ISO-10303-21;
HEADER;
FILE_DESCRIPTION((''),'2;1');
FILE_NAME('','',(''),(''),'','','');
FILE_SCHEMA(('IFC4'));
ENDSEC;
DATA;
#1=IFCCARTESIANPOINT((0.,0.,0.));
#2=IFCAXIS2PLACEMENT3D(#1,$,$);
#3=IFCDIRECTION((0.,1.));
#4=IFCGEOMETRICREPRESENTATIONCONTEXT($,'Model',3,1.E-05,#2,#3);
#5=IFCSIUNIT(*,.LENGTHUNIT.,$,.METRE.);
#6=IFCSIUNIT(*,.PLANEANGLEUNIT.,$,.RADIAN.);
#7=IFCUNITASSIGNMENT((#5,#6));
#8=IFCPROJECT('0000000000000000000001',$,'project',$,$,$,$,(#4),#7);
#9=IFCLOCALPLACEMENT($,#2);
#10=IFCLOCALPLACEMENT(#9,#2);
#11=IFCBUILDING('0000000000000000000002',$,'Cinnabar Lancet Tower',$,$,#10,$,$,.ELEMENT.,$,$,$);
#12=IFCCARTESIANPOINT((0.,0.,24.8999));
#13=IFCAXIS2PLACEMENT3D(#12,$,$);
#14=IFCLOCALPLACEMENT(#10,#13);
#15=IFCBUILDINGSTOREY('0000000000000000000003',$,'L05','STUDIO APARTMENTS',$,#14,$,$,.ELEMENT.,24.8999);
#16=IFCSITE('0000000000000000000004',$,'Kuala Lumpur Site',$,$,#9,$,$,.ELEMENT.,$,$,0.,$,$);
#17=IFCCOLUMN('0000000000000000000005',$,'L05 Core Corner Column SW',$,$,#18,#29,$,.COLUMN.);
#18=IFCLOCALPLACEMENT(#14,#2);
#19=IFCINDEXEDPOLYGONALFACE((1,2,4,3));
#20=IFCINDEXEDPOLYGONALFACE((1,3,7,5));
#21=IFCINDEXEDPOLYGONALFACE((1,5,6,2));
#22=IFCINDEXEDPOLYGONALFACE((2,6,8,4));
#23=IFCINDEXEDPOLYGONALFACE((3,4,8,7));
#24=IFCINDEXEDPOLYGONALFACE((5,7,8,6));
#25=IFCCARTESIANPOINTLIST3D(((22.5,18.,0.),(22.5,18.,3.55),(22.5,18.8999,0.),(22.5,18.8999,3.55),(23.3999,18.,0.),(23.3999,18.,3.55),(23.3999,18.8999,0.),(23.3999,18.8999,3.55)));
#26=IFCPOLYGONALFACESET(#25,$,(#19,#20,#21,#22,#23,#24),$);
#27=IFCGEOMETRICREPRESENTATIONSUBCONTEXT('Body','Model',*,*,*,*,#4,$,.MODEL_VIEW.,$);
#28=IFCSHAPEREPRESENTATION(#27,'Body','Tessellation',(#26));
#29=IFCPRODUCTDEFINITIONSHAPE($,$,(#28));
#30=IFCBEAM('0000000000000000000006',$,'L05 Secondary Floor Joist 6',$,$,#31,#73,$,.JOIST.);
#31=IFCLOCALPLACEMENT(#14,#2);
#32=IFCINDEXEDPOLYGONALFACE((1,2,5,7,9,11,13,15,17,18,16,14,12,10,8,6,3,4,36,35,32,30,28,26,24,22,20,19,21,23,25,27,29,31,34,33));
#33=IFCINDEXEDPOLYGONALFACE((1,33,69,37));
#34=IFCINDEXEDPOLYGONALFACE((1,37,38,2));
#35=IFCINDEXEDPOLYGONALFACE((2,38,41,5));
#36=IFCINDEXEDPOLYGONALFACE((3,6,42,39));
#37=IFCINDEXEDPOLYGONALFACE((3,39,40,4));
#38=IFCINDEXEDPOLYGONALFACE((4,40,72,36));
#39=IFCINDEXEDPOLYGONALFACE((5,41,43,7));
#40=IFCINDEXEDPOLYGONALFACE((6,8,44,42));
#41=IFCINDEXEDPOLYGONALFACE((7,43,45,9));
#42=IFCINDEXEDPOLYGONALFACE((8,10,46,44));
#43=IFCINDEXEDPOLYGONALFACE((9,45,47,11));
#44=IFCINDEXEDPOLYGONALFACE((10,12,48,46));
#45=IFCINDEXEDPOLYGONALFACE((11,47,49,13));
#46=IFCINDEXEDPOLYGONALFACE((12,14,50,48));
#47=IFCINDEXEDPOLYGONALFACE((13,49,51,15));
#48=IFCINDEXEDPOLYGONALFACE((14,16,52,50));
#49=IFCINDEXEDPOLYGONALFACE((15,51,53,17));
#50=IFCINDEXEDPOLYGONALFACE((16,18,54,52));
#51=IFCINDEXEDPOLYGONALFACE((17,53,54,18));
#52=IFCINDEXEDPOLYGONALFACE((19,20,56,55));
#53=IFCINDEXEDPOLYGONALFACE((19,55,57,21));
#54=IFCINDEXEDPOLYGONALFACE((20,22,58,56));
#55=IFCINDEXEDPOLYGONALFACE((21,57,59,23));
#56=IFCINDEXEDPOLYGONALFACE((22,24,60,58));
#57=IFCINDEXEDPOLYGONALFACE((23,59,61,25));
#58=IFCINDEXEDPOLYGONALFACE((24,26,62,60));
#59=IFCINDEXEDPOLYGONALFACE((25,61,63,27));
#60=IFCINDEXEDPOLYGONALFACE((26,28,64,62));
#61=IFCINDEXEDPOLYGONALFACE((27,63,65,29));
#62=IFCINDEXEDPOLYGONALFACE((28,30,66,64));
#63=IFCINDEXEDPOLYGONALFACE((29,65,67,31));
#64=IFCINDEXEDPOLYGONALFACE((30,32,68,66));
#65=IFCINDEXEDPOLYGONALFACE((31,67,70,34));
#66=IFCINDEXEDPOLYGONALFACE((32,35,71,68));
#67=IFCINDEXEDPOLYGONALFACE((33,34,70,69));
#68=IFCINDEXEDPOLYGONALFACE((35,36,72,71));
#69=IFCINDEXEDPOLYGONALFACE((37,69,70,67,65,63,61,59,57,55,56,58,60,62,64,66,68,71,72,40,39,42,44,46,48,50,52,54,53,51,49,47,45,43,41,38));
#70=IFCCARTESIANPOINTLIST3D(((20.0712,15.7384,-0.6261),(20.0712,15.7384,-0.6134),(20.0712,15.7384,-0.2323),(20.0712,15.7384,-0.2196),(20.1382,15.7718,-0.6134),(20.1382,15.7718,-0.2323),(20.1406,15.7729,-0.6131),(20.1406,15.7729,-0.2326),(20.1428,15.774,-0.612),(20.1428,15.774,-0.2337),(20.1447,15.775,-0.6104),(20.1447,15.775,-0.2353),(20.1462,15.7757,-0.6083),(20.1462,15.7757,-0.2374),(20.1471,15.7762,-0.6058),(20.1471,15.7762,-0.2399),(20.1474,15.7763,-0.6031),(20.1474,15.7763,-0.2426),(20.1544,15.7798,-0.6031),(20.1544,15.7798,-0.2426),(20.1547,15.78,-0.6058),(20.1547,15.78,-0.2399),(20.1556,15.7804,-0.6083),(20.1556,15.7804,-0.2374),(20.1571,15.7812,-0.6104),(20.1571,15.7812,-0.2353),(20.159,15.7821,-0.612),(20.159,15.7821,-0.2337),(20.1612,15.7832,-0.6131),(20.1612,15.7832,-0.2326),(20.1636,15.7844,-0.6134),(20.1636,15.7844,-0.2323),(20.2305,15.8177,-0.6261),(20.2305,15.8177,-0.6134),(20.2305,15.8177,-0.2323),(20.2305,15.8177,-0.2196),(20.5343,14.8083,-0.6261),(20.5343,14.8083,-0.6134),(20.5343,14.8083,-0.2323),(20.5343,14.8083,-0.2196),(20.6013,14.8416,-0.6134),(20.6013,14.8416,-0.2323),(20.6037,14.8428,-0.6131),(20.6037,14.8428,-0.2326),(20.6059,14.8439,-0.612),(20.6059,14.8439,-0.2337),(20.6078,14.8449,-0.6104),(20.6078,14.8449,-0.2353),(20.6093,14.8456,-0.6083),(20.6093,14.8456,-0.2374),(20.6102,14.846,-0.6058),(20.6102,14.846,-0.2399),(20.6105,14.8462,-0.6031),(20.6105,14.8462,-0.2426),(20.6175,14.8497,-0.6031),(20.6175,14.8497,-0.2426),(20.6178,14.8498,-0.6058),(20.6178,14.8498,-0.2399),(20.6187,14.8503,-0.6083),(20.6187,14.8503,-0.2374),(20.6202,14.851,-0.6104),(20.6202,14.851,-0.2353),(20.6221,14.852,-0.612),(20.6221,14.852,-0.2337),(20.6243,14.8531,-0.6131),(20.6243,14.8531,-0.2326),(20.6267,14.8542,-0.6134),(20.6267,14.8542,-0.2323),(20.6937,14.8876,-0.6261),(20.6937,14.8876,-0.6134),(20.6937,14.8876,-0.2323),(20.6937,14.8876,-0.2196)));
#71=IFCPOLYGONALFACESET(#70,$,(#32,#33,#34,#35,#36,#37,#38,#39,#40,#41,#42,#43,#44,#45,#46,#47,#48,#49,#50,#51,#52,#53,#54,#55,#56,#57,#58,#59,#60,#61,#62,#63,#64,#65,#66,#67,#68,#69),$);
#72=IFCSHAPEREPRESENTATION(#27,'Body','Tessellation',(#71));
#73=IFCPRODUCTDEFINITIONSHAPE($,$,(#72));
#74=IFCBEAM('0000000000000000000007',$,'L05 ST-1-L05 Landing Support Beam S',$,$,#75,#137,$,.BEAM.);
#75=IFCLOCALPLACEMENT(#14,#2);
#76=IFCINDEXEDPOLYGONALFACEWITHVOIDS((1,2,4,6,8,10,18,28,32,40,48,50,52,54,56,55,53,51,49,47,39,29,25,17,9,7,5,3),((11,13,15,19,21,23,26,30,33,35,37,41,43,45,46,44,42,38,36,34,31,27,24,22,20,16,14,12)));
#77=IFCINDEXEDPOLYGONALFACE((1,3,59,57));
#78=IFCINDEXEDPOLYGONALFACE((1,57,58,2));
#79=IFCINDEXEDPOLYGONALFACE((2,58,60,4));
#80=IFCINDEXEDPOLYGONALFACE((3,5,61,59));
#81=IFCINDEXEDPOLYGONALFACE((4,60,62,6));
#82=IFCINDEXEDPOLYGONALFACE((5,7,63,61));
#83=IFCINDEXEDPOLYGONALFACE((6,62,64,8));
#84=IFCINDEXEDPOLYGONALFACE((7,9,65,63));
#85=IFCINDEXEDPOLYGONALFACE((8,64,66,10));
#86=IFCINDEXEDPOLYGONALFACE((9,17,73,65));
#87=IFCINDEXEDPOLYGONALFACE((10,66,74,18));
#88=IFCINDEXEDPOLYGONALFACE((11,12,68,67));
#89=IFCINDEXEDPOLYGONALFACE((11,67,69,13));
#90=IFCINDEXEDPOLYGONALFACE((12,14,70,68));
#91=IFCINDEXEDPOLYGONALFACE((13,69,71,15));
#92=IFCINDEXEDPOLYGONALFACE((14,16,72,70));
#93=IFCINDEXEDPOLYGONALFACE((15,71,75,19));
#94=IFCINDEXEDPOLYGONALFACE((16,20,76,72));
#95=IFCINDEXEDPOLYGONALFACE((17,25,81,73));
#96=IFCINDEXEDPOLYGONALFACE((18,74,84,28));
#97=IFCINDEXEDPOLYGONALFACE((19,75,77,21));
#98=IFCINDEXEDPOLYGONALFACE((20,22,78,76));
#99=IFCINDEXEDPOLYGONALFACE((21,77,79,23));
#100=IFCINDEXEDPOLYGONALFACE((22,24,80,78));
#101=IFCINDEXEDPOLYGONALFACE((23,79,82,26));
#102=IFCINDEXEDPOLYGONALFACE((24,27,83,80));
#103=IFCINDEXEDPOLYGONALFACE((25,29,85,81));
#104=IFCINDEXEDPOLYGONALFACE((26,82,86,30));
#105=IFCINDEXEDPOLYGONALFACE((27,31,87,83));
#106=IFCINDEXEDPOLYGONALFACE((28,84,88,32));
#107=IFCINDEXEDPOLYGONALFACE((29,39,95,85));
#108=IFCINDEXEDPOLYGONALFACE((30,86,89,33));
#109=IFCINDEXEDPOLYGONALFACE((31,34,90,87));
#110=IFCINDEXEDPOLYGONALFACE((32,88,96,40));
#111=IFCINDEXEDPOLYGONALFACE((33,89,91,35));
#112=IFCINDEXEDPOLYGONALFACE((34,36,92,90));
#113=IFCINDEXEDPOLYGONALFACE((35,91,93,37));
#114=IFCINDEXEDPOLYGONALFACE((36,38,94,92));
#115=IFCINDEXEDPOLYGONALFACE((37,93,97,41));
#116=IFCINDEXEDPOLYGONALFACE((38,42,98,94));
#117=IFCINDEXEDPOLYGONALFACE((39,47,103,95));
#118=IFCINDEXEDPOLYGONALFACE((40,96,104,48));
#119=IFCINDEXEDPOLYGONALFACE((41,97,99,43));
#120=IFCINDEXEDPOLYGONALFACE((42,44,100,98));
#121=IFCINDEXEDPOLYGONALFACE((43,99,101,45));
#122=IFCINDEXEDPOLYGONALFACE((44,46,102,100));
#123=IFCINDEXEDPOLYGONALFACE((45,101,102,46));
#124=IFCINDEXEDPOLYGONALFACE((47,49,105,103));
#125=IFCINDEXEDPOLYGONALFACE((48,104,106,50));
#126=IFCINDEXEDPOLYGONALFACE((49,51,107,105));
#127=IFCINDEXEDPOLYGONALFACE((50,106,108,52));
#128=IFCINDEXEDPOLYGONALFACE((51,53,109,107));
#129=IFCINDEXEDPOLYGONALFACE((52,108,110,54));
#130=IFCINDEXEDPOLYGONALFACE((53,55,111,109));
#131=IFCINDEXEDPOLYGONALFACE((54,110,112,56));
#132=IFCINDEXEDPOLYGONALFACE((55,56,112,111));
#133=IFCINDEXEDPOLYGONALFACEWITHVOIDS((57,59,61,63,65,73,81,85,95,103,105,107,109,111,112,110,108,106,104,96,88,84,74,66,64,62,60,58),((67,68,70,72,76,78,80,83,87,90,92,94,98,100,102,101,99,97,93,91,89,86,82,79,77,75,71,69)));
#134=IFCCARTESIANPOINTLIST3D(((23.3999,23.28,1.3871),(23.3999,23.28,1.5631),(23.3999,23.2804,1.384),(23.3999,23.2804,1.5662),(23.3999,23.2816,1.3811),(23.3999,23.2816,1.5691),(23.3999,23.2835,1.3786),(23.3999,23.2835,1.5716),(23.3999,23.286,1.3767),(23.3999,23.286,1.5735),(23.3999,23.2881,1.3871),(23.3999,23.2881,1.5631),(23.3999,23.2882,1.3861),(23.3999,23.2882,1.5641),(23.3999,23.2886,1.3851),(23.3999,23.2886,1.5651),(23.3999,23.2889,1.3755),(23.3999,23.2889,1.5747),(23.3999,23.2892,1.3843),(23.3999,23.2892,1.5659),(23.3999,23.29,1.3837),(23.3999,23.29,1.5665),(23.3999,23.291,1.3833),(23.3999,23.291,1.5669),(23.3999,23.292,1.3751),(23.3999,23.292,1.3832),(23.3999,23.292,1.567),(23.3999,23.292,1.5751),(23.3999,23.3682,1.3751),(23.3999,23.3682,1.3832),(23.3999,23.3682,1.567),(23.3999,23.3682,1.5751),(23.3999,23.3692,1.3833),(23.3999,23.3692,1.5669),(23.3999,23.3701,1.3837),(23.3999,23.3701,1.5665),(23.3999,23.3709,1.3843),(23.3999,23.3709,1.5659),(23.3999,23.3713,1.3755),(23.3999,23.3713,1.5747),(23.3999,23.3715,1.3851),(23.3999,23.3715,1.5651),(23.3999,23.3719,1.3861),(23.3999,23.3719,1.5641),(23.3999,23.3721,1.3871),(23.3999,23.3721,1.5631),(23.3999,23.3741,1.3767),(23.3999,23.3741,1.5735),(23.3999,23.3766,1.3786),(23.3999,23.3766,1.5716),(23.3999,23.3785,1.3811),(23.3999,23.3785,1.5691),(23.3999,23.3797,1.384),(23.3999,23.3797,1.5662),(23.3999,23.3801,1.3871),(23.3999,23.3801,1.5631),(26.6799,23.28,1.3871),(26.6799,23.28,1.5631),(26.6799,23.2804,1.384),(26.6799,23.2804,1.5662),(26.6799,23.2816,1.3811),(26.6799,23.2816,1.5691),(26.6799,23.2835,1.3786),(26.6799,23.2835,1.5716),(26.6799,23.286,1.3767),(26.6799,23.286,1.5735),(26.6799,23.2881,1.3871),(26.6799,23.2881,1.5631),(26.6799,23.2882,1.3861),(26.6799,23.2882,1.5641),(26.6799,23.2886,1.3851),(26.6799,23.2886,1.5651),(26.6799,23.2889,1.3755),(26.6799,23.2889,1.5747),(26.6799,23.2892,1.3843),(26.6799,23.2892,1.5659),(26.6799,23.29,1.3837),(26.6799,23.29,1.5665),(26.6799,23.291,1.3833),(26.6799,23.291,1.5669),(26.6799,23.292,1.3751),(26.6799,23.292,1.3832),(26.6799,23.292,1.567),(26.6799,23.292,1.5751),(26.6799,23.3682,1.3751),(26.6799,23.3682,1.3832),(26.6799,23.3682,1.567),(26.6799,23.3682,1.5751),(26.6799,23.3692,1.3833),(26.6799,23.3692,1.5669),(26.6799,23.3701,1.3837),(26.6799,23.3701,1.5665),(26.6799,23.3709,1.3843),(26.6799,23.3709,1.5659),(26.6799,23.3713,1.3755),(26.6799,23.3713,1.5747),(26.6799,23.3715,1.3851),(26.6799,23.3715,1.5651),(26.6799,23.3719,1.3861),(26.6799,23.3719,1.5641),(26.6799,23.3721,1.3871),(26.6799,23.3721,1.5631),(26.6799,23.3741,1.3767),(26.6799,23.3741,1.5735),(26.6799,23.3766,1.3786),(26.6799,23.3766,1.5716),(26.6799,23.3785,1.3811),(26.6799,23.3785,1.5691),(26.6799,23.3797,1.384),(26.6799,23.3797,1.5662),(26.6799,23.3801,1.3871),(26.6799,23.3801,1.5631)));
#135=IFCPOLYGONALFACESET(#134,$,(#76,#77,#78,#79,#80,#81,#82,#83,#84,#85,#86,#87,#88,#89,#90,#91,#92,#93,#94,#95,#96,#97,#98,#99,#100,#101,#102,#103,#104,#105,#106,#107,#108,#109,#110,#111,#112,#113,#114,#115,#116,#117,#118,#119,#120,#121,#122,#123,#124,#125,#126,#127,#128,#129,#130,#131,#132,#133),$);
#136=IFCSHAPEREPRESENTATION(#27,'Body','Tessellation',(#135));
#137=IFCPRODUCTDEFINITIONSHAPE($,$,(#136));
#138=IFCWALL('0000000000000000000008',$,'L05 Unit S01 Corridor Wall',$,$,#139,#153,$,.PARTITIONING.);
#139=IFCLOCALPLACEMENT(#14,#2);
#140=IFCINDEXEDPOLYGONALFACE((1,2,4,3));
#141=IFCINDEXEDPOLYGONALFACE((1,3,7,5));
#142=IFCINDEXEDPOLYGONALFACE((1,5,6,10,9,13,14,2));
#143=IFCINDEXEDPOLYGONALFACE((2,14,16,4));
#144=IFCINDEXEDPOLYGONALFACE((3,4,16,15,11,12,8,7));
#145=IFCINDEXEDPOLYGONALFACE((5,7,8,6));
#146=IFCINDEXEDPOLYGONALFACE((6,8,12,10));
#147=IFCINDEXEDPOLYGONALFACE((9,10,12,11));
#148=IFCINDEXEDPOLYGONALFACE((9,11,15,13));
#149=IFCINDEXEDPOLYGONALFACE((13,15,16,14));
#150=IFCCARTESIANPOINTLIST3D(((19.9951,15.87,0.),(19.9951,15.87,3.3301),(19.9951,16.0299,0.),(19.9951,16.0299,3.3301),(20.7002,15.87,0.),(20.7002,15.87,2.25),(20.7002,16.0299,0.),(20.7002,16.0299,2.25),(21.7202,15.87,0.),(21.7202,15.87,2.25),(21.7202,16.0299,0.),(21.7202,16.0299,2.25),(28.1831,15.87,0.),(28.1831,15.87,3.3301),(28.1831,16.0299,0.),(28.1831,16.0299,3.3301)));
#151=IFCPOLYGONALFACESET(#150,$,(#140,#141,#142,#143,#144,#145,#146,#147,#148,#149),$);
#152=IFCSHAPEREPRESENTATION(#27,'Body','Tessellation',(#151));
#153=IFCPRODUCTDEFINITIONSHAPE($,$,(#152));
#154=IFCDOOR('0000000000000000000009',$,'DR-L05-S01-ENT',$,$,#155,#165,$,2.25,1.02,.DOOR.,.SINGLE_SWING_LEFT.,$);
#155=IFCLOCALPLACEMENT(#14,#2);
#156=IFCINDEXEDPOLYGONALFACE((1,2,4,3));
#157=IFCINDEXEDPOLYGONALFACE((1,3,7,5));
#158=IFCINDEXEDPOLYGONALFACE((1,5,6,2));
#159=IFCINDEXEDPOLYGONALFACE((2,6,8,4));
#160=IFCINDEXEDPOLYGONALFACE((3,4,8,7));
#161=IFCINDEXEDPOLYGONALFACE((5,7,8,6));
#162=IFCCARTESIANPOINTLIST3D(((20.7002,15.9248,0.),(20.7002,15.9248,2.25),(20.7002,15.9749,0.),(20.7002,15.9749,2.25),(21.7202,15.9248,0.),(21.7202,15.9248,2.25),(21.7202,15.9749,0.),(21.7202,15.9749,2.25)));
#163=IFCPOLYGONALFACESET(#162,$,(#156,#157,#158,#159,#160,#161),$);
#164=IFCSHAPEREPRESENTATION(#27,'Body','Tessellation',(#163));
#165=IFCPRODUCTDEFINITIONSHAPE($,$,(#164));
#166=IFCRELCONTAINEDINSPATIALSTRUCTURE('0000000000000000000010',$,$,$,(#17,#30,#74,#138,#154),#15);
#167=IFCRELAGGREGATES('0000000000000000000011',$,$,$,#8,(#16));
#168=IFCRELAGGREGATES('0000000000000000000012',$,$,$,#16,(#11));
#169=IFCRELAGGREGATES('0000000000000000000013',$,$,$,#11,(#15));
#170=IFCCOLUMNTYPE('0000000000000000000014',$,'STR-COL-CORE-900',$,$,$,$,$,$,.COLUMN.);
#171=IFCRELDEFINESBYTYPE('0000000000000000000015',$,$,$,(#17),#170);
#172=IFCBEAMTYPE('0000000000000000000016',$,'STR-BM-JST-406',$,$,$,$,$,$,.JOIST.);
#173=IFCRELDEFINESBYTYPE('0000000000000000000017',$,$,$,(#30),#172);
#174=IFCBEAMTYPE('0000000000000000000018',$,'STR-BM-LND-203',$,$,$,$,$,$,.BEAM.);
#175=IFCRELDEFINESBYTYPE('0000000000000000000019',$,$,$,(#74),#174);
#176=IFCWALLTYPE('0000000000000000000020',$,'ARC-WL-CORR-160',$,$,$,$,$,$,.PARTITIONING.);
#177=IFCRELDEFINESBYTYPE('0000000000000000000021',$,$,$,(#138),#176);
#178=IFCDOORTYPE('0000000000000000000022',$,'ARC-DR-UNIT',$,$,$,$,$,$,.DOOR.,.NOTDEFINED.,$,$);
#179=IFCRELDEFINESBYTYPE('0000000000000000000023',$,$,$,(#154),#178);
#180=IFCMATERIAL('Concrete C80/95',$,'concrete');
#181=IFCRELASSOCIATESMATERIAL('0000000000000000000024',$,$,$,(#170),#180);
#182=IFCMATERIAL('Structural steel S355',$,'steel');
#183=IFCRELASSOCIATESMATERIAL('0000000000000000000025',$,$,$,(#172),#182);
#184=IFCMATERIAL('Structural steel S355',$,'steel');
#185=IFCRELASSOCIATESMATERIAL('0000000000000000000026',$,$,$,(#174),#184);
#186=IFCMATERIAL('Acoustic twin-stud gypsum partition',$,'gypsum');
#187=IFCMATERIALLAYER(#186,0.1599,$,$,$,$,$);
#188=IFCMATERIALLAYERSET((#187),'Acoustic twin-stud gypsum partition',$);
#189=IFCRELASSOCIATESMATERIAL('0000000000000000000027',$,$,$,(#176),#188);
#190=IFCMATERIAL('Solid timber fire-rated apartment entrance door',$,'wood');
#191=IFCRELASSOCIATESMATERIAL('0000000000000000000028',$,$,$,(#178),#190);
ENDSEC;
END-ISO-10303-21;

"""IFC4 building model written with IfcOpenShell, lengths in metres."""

from ifc_helpers import new_model, si_unit, direction, frame, frame_2d, origin, origin_2d, place, context, subcontext, project, spatial, rectangle, hollow_rectangle, i_section, extrude, material, layer, layer_set, material_profile, profile_set, type_object, element, fill, save


model = new_model("IFC4")

# Units and contexts
model_context = context("Model", 3, precision=1e-05, world=origin(), true_north=direction((0.0, 1.0)))
body_context = subcontext(model_context, "Body", "Model", "MODEL_VIEW")
ifc_project = project(units=[si_unit("LENGTHUNIT", "METRE"), si_unit("PLANEANGLEUNIT", "RADIAN")], contexts=[model_context])

# Site, building, storey
site_placement = place(None, origin())
site = spatial("IfcSite", under=ifc_project, at=site_placement, Name="Kuala Lumpur Site", CompositionType="ELEMENT", RefElevation=0.0)
building_placement = place(site_placement, origin())
building = spatial("IfcBuilding", under=site, at=building_placement, Name="Cinnabar Lancet Tower", CompositionType="ELEMENT")
storey_placement = place(building_placement, frame((0.0, 0.0, 24.8999)))
storey = spatial("IfcBuildingStorey", under=building, at=storey_placement, Name="L05", Description="STUDIO APARTMENTS", CompositionType="ELEMENT", Elevation=24.8999)

# Column
ifc_material_1 = material(Name="Concrete C80/95", Category="concrete")
ifc_material_profile_1 = material_profile(ifc_material_1, rectangle(XDim=0.8999, YDim=0.8999, at=origin_2d()), Name="RC-COL 900x900")
ifc_profile_set_1 = profile_set([ifc_material_profile_1], Name="Concrete C80/95")
column_type = type_object("IfcColumnType", Name="STR-COL-CORE-900", PredefinedType="COLUMN", material=ifc_profile_set_1)
column_placement = place(storey_placement, frame((22.95, 18.45, 0.0), z_axis=(0.0, 0.0, 1.0), x_axis=(1.0, 0.0, 0.0)))
element("IfcColumn", 1, at=column_placement, inside=storey, type_object=column_type, Name="L05 Core Corner Column SW", PredefinedType="COLUMN", context=body_context, shape_type="SweptSolid", body=[
    extrude(rectangle(XDim=0.8999, YDim=0.8999, at=origin_2d()), origin(), (0.0, 0.0, 1.0), 3.55),
])

# Beams
ifc_material_2 = material(Name="Structural steel S355", Category="steel")
ifc_material_profile_2 = material_profile(ifc_material_2, i_section(OverallWidth=0.178, OverallDepth=0.4065, WebThickness=0.0078, FlangeThickness=0.0127, FilletRadius=0.0103, at=origin_2d()), Name="UKB 406x178x60")
ifc_profile_set_2 = profile_set([ifc_material_profile_2], Name="Structural steel S355")
beam_type_1 = type_object("IfcBeamType", Name="STR-BM-JST-406", PredefinedType="JOIST", material=ifc_profile_set_2)
beam_1_placement = place(storey_placement, frame((20.1509, 15.7781, -0.4229), z_axis=(0.445709, -0.895178, 0.0), x_axis=(0.895178, 0.445709, 0.0)))
element("IfcBeam", 2, at=beam_1_placement, inside=storey, type_object=beam_type_1, Name="L05 Secondary Floor Joist 6", PredefinedType="JOIST", context=body_context, shape_type="SweptSolid", body=[
    extrude(i_section(OverallWidth=0.178, OverallDepth=0.4065, WebThickness=0.0078, FlangeThickness=0.0127, FilletRadius=0.0103, at=origin_2d()), origin(), (0.0, 0.0, 1.0), 1.0391),
])
ifc_material_3 = material(Name="Structural steel S355", Category="steel")
ifc_material_profile_3 = material_profile(ifc_material_3, hollow_rectangle(XDim=0.1001, YDim=0.2, WallThickness=0.0081, InnerFilletRadius=0.0039, OuterFilletRadius=0.012, at=origin_2d()), Name="RHS 200x100x8")
ifc_profile_set_3 = profile_set([ifc_material_profile_3], Name="Structural steel S355")
beam_type_2 = type_object("IfcBeamType", Name="STR-BM-LND-203", PredefinedType="BEAM", material=ifc_profile_set_3)
beam_2_placement = place(storey_placement, frame((23.3999, 23.3301, 1.4751), z_axis=(1.0, 0.0, 0.0), x_axis=(0.0, 1.0, 0.0)))
element("IfcBeam", 3, at=beam_2_placement, inside=storey, type_object=beam_type_2, Name="L05 ST-1-L05 Landing Support Beam S", PredefinedType="BEAM", context=body_context, shape_type="SweptSolid", body=[
    extrude(hollow_rectangle(XDim=0.1001, YDim=0.2, WallThickness=0.0081, InnerFilletRadius=0.0039, OuterFilletRadius=0.012, at=origin_2d()), origin(), (0.0, 0.0, 1.0), 3.28),
])

# Wall, opening, door
ifc_material_4 = material(Name="Acoustic twin-stud gypsum partition", Category="gypsum")
ifc_layer_1 = layer(ifc_material_4, 0.1599)
ifc_layer_set_1 = layer_set([ifc_layer_1], Name="Acoustic twin-stud gypsum partition")
wall_type_1 = type_object("IfcWallType", Name="ARC-WL-CORR-160", PredefinedType="PARTITIONING", material=ifc_layer_set_1)
wall_1_placement = place(storey_placement, frame((19.9951, 15.95, 0.0), z_axis=(0.0, 0.0, 1.0), x_axis=(1.0, 0.0, 0.0)))
wall_1 = element("IfcWall", 4, at=wall_1_placement, inside=storey, type_object=wall_type_1, Name="L05 Unit S01 Corridor Wall", PredefinedType="PARTITIONING", context=body_context, shape_type="SweptSolid", body=[
    extrude(rectangle(XDim=8.188, YDim=0.1599, at=frame_2d((4.094, 0.0))), origin(), (0.0, 0.0, 1.0), 3.3301),
])
opening_1_placement = place(wall_1_placement, frame((0.7051, 0.0, 0.0)))
opening_1 = element("IfcOpeningElement", 5, at=opening_1_placement, cuts=wall_1, PredefinedType="OPENING", context=body_context, shape_type="SweptSolid", body=[
    extrude(rectangle(XDim=1.02, YDim=2.25, at=frame_2d((0.51, 1.125))), frame((0.0, 0.0898, 0.0), z_axis=(0.0, -1.0, 0.0), x_axis=(1.0, 0.0, 0.0)), (0.0, 0.0, 1.0), 0.1799),
])
ifc_material_5 = material(Name="Solid timber fire-rated apartment entrance door", Category="wood")
door_type_1 = type_object("IfcDoorType", Name="ARC-DR-UNIT", OperationType="NOTDEFINED", PredefinedType="DOOR", material=ifc_material_5)
door_1_placement = place(opening_1_placement, origin())
door_1 = element("IfcDoor", 6, at=door_1_placement, inside=storey, type_object=door_type_1, Name="DR-L05-S01-ENT", OperationType="SINGLE_SWING_LEFT", OverallHeight=2.25, OverallWidth=1.02, PredefinedType="DOOR", context=body_context, shape_type="SweptSolid", body=[
    extrude(rectangle(XDim=1.02, YDim=2.25, at=frame_2d((0.51, 1.125))), frame((0.0, 0.0249, 0.0), z_axis=(0.0, -1.0, 0.0), x_axis=(1.0, 0.0, 0.0)), (0.0, 0.0, 1.0), 0.05),
])
fill(opening_1, door_1)

save(model, "model.ifc")
